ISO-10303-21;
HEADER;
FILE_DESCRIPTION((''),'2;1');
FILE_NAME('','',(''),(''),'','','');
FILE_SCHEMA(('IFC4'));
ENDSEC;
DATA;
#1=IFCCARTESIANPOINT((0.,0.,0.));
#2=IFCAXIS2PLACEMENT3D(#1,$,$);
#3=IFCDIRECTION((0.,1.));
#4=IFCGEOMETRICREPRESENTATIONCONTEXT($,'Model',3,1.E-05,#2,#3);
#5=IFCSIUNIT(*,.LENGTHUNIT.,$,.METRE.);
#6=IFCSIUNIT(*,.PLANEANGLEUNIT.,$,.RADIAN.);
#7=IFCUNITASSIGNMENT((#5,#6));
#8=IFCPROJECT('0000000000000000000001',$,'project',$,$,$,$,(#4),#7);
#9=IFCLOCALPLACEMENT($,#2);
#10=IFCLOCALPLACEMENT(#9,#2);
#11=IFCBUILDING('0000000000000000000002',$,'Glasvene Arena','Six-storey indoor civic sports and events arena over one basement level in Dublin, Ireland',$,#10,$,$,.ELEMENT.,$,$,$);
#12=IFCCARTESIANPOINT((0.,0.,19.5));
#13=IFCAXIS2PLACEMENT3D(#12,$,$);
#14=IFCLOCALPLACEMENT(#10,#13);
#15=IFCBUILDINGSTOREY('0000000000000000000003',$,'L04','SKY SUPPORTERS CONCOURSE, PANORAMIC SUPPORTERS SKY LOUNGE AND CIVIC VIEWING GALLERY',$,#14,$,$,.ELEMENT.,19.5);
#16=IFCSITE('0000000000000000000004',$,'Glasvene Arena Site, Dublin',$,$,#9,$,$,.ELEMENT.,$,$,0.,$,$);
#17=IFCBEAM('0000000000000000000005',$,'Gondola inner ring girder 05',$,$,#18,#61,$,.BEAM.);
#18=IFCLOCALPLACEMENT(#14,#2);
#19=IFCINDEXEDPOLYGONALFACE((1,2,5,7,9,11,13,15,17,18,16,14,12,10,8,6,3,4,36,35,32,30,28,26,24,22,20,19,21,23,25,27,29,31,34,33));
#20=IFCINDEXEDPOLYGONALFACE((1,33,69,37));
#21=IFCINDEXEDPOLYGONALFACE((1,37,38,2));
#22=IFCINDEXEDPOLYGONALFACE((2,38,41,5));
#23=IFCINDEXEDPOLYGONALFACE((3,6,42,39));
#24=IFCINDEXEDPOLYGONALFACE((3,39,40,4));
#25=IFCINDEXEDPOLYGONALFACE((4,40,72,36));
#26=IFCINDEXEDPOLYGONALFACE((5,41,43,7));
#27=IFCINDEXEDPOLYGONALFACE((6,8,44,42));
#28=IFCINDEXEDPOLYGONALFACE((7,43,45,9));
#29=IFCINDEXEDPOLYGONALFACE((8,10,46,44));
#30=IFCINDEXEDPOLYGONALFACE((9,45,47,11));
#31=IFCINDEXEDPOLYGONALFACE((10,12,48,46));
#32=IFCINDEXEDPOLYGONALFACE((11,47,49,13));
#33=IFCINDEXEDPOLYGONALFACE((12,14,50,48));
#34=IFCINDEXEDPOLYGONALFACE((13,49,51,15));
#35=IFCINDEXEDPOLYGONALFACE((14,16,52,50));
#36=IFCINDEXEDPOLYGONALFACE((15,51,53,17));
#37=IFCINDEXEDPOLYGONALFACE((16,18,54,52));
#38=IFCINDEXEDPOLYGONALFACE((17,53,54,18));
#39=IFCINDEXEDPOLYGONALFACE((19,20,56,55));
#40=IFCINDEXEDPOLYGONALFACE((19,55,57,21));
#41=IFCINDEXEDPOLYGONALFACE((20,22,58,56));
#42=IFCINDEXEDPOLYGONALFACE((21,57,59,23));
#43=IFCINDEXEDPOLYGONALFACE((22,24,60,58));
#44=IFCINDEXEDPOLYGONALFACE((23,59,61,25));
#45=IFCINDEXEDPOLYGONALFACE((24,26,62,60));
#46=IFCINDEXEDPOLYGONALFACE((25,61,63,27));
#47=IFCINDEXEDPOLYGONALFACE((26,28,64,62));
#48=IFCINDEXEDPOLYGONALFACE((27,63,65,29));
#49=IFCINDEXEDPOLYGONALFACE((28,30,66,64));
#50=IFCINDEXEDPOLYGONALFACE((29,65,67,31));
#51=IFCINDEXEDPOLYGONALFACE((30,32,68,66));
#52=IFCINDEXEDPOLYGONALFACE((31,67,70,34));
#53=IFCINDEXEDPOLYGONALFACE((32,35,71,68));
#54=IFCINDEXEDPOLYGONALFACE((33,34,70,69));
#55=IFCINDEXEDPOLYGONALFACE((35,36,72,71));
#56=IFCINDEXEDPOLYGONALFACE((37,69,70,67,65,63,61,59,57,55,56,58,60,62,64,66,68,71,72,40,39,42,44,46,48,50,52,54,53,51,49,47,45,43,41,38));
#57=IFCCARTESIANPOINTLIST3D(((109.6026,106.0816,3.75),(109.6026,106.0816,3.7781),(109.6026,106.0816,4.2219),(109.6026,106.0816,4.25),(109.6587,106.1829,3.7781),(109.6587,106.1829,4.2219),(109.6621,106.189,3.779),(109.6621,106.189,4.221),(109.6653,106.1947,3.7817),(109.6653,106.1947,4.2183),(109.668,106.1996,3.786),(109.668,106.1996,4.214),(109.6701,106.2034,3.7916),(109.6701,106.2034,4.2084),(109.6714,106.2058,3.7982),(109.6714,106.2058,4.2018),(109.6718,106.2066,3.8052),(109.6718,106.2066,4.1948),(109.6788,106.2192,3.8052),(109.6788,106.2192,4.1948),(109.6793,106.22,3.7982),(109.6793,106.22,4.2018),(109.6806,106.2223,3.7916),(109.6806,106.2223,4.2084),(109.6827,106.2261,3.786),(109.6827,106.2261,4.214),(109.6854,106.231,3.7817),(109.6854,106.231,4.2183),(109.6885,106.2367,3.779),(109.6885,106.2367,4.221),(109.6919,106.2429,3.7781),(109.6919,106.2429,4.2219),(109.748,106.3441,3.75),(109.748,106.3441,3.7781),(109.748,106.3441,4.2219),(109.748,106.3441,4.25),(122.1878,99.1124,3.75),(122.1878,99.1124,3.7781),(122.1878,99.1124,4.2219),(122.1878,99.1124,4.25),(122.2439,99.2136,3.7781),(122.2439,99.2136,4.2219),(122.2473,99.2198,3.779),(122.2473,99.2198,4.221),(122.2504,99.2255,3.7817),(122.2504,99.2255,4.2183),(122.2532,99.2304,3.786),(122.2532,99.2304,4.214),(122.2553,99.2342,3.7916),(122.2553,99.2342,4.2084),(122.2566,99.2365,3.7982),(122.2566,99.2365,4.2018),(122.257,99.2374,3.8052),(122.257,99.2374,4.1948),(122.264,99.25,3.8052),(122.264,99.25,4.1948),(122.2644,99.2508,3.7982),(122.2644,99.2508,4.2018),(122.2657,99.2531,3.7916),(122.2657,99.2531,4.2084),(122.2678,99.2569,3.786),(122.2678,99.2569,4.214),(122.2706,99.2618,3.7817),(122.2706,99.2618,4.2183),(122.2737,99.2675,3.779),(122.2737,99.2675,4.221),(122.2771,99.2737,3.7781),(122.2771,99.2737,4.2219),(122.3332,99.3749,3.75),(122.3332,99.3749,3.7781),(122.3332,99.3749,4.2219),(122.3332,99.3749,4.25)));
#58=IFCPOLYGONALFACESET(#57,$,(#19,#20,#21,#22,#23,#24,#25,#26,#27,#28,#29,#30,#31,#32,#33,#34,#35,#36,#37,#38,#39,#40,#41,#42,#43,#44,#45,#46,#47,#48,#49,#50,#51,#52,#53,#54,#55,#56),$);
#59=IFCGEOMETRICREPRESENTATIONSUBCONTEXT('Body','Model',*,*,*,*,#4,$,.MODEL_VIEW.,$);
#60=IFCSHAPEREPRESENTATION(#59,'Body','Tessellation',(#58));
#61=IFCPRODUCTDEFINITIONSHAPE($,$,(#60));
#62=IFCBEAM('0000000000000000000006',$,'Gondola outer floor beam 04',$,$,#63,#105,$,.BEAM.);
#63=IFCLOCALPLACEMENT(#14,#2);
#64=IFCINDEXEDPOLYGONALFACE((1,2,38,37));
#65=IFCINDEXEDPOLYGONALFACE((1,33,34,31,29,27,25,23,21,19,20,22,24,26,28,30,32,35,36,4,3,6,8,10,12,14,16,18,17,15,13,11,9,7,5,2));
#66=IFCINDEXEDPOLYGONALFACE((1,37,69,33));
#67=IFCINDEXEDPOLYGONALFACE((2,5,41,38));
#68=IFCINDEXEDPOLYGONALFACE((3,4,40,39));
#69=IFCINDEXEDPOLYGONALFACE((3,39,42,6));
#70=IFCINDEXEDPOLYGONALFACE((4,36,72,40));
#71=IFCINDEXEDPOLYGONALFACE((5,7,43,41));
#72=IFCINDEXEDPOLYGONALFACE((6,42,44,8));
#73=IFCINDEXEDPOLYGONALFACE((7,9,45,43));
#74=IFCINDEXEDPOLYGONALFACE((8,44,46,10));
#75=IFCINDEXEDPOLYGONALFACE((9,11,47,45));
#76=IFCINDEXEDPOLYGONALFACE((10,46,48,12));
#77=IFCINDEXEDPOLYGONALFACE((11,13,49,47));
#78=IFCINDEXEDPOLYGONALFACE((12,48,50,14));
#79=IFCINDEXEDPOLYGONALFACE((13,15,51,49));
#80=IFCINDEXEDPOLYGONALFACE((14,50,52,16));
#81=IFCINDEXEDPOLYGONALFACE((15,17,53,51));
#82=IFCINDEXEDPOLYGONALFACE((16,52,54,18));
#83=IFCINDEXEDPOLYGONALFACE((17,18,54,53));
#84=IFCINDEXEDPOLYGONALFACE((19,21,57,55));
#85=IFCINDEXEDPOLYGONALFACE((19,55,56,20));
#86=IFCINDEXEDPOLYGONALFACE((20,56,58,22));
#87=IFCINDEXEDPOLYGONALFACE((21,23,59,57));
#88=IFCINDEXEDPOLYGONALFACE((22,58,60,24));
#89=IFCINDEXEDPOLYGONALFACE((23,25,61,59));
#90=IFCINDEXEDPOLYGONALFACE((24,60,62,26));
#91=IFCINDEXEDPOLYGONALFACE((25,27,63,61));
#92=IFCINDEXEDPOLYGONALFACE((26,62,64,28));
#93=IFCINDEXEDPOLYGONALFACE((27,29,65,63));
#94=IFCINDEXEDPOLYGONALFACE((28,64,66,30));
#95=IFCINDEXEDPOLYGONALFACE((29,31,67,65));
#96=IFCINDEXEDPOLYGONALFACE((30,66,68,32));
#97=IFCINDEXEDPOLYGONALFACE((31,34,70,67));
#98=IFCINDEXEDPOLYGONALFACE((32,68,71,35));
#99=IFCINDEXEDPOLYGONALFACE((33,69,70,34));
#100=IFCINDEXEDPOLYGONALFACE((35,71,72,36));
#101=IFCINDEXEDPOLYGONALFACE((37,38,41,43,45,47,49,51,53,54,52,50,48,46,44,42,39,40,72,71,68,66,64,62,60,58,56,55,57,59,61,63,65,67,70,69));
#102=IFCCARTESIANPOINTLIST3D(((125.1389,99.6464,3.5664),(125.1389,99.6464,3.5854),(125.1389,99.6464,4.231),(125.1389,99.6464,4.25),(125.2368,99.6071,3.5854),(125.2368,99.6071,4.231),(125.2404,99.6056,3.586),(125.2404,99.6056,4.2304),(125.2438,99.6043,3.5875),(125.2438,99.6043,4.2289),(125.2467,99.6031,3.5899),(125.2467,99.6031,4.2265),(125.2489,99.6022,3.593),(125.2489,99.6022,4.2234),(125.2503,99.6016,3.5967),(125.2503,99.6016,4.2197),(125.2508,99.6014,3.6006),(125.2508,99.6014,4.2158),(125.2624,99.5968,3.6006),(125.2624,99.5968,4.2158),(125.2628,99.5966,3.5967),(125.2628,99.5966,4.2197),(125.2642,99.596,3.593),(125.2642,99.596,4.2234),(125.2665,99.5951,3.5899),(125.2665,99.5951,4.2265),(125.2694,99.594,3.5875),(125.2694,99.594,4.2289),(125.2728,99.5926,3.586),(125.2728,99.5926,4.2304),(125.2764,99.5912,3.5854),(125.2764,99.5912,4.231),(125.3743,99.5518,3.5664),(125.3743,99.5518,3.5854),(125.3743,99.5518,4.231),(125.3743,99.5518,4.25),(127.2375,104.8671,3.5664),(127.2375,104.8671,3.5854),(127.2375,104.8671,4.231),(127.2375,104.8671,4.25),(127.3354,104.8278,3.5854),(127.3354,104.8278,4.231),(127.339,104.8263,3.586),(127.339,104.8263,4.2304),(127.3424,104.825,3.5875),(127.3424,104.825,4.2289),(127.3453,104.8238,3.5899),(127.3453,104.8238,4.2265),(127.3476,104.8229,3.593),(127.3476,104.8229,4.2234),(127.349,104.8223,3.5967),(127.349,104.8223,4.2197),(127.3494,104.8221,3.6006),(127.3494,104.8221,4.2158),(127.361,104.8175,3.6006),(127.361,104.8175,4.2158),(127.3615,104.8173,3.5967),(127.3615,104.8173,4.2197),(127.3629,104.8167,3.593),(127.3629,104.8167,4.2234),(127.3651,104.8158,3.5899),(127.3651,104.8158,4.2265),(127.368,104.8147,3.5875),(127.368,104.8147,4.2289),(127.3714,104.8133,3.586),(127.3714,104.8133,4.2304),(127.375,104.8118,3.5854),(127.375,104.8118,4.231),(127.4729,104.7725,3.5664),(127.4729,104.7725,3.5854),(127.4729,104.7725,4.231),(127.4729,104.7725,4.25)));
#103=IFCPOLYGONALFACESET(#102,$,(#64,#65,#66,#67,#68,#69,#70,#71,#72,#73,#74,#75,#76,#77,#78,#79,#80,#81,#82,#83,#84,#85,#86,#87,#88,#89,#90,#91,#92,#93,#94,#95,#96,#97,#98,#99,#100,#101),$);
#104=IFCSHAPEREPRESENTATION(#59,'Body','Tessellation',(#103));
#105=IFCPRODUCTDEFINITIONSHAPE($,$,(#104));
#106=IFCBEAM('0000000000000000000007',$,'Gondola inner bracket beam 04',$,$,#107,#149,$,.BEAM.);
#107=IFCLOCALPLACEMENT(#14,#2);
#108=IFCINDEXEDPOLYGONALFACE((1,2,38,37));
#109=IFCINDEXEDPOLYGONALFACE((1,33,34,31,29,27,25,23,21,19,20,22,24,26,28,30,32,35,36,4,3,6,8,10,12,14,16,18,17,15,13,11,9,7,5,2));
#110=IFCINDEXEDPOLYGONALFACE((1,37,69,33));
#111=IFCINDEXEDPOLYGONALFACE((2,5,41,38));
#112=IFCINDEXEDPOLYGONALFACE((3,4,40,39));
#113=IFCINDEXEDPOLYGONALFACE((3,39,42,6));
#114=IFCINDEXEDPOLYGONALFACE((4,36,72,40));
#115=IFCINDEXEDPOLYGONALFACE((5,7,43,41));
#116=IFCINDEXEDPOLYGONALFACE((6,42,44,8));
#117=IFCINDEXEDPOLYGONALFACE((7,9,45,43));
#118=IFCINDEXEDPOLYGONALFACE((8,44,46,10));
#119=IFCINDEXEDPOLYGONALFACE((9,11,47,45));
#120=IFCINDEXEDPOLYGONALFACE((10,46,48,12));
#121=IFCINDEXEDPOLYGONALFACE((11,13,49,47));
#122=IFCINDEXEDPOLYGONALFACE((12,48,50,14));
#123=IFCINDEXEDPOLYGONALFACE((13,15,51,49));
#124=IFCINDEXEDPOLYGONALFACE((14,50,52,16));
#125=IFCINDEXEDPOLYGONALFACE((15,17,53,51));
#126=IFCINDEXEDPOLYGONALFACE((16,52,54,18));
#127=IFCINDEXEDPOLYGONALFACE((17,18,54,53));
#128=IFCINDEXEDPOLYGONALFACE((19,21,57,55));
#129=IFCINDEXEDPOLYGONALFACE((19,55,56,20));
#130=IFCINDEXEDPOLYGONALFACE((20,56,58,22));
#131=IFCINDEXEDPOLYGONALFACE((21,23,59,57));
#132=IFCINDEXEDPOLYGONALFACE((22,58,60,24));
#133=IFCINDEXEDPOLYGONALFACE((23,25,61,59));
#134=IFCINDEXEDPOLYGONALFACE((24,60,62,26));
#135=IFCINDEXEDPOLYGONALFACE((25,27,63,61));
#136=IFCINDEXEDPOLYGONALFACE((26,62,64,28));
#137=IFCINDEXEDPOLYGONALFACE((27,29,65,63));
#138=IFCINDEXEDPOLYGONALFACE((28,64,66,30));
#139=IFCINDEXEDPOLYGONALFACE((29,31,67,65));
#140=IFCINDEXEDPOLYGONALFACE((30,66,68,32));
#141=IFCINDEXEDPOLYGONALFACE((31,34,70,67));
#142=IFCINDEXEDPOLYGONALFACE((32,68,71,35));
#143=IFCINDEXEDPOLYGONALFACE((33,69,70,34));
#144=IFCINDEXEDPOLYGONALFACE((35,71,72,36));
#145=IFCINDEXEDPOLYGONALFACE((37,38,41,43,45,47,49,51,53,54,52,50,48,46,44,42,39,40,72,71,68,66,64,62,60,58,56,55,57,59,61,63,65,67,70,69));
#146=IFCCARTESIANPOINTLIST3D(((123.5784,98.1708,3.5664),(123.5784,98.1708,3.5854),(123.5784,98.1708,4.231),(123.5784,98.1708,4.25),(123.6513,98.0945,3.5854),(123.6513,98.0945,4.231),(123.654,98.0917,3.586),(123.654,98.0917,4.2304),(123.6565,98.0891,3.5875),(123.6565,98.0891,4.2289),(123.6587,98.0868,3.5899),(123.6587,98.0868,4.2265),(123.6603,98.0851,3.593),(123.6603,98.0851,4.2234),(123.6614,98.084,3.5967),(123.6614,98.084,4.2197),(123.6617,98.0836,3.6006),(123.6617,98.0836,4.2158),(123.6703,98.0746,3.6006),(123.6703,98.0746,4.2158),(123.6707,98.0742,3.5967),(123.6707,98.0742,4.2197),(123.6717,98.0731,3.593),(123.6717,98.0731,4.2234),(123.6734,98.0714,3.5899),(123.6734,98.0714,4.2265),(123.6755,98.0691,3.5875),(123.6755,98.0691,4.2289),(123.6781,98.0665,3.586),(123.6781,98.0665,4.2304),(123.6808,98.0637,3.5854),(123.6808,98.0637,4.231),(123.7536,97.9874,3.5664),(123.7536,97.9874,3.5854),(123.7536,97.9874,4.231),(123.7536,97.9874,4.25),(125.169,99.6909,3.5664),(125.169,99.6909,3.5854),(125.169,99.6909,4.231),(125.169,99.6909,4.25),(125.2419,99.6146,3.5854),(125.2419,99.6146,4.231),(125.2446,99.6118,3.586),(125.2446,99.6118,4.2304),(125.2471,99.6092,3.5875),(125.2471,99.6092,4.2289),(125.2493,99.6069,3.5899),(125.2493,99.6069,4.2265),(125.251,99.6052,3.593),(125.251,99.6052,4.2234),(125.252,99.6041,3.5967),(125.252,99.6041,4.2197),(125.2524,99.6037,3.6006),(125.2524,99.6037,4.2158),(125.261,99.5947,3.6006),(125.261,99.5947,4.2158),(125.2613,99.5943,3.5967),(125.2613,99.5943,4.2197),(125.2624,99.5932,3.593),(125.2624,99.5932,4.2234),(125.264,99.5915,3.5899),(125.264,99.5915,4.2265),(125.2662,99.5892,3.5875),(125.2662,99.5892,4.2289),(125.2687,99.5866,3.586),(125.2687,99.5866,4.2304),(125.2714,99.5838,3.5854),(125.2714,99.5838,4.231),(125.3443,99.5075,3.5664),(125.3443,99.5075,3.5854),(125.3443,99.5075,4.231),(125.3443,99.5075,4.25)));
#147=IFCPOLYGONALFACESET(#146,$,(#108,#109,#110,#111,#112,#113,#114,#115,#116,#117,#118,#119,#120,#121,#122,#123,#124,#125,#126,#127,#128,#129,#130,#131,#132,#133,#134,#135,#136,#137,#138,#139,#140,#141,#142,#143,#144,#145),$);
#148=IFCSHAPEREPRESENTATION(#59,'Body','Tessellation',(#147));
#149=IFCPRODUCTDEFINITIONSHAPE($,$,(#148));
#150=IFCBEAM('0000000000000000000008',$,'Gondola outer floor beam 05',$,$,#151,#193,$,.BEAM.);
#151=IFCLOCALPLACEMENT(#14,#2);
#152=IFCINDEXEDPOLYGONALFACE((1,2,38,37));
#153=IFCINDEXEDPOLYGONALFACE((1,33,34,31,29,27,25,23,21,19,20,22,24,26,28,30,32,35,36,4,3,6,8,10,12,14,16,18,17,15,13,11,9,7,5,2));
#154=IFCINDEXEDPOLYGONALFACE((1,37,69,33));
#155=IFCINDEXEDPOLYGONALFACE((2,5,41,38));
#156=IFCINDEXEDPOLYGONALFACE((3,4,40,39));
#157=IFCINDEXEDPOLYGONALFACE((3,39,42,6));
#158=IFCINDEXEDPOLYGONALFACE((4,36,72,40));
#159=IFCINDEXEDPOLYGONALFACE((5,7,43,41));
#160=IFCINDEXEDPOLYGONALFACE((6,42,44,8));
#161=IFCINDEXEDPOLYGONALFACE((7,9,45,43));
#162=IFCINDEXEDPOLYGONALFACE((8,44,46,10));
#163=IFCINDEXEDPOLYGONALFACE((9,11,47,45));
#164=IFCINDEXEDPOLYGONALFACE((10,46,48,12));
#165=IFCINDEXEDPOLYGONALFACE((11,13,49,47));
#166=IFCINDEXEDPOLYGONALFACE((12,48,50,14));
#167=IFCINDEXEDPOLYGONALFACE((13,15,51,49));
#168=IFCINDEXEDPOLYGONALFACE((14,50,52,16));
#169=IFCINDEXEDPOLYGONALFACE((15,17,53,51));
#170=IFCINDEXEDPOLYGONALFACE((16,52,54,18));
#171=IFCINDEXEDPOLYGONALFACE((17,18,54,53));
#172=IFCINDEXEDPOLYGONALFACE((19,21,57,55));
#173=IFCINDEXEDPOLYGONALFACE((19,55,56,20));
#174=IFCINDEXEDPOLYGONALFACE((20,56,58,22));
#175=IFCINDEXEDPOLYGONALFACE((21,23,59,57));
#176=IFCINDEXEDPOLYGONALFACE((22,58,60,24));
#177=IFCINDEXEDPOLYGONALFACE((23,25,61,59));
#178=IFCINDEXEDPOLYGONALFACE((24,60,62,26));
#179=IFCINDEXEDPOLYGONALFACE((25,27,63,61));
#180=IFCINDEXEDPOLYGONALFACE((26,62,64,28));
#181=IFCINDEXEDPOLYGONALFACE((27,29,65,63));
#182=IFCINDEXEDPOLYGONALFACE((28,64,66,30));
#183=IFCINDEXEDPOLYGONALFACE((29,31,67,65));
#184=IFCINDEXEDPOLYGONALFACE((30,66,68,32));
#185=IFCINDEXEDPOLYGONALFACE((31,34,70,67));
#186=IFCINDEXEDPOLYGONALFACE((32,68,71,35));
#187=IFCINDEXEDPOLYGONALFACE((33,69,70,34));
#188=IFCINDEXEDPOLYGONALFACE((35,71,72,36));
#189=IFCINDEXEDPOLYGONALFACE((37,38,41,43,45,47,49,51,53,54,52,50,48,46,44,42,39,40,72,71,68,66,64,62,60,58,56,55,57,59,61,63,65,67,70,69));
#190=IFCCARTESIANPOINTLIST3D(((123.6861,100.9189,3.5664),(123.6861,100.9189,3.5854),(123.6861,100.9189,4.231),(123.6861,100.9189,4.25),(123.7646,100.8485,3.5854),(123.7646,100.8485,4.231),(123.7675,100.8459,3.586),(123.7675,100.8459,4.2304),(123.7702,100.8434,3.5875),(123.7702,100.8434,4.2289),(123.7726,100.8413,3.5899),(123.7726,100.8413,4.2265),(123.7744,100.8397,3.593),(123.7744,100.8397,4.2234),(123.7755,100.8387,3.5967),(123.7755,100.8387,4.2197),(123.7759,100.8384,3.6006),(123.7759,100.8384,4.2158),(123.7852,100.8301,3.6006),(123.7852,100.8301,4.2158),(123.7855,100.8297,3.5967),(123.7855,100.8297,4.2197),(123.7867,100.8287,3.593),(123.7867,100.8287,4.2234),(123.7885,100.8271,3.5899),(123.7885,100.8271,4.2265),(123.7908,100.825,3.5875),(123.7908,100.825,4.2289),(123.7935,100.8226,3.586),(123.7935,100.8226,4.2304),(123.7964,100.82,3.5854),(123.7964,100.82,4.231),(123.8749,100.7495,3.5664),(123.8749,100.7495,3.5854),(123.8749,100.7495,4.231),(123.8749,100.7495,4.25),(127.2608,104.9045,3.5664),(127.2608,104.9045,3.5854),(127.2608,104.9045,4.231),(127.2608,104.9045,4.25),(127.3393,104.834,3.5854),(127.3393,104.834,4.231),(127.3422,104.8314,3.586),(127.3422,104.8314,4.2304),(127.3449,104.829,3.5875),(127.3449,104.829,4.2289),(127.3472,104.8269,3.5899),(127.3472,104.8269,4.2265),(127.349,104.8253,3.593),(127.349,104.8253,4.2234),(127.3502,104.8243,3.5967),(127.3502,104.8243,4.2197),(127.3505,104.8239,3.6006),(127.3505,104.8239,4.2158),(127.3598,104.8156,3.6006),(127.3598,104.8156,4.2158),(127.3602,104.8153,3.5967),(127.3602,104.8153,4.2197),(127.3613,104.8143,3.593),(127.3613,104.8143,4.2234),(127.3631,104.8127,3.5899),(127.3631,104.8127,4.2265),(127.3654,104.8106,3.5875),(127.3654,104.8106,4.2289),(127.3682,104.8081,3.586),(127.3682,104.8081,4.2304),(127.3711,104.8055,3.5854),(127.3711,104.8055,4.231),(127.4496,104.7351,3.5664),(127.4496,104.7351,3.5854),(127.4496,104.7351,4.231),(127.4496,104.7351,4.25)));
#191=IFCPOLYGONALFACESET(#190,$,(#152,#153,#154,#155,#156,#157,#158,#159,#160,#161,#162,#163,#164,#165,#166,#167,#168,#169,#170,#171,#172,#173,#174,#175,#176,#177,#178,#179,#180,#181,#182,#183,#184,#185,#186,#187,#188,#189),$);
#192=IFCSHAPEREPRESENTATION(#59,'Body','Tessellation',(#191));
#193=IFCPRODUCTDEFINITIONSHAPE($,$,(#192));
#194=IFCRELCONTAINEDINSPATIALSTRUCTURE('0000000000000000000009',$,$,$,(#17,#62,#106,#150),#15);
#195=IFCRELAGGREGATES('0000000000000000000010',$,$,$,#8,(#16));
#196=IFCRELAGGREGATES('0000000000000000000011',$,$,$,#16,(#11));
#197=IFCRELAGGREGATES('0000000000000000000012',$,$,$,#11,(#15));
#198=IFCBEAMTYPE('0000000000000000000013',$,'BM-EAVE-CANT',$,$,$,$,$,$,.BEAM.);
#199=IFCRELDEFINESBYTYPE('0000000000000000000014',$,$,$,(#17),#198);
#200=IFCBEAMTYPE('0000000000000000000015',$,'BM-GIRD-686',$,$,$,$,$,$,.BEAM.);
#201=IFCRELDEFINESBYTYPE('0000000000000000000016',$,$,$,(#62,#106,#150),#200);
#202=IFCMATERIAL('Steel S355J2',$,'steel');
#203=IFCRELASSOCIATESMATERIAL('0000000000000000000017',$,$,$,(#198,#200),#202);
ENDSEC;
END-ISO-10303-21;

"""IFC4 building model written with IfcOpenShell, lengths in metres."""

from ifc_helpers import new_model, si_unit, direction, frame, origin, origin_2d, place, context, subcontext, project, spatial, i_section, extrude, material, material_profile, profile_set, type_object, element, save


model = new_model("IFC4")

# Units and contexts
model_context = context("Model", 3, precision=1e-05, world=origin(), true_north=direction((0.0, 1.0)))
body_context = subcontext(model_context, "Body", "Model", "MODEL_VIEW")
ifc_project = project(units=[si_unit("LENGTHUNIT", "METRE"), si_unit("PLANEANGLEUNIT", "RADIAN")], contexts=[model_context])

# Site, building, storey
site_placement = place(None, origin())
site = spatial("IfcSite", under=ifc_project, at=site_placement, Name="Glasvene Arena Site, Dublin", CompositionType="ELEMENT", RefElevation=0.0)
building_placement = place(site_placement, origin())
building = spatial("IfcBuilding", under=site, at=building_placement, Name="Glasvene Arena", Description="Six-storey indoor civic sports and events arena over one basement level in Dublin, Ireland", CompositionType="ELEMENT")
storey_placement = place(building_placement, frame((0.0, 0.0, 19.5)))
storey = spatial("IfcBuildingStorey", under=building, at=storey_placement, Name="L04", Description="SKY SUPPORTERS CONCOURSE, PANORAMIC SUPPORTERS SKY LOUNGE AND CIVIC VIEWING GALLERY", CompositionType="ELEMENT", Elevation=19.5)

# Shared definitions
ifc_material_1 = material(Name="Steel S355J2", Category="steel")

# Beams
ifc_material_profile_1 = material_profile(ifc_material_1, i_section(OverallWidth=0.3, OverallDepth=0.5, WebThickness=0.0144, FlangeThickness=0.0281, FilletRadius=0.0271, at=origin_2d()), Name="HEB 500")
ifc_profile_set_1 = profile_set([ifc_material_profile_1], Name="Steel S355J2")
beam_type_1 = type_object("IfcBeamType", Name="BM-EAVE-CANT", PredefinedType="BEAM", material=ifc_profile_set_1)
beam_1_placement = place(storey_placement, frame((122.2605, 99.2437, 4.0), z_axis=(-0.874822, 0.484445, 0.0), x_axis=(-0.484445, -0.874822, 0.0)))
element("IfcBeam", 1, at=beam_1_placement, inside=storey, type_object=beam_type_1, Name="Gondola inner ring girder 05", PredefinedType="BEAM", context=body_context, shape_type="SweptSolid", body=[
    extrude(i_section(OverallWidth=0.3, OverallDepth=0.5, WebThickness=0.0144, FlangeThickness=0.0281, FilletRadius=0.0271, at=origin_2d()), origin(), (0.0, 0.0, 1.0), 14.386),
])
ifc_material_profile_2 = material_profile(ifc_material_1, i_section(OverallWidth=0.2537, OverallDepth=0.6836, WebThickness=0.0125, FlangeThickness=0.019, FilletRadius=0.0151, at=origin_2d()), Name="UKB 686x254x140")
ifc_profile_set_2 = profile_set([ifc_material_profile_2], Name="Steel S355J2")
beam_type_2 = type_object("IfcBeamType", Name="BM-GIRD-686", PredefinedType="BEAM", material=ifc_profile_set_2)
beam_2_placement = place(storey_placement, frame((125.2566, 99.5991, 3.9082), z_axis=(0.372976, 0.927841, 0.0), x_axis=(-0.927841, 0.372976, 0.0)))
element("IfcBeam", 2, at=beam_2_placement, inside=storey, type_object=beam_type_2, Name="Gondola outer floor beam 04", PredefinedType="BEAM", context=body_context, shape_type="SweptSolid", body=[
    extrude(i_section(OverallWidth=0.2537, OverallDepth=0.6836, WebThickness=0.0125, FlangeThickness=0.019, FilletRadius=0.0151, at=origin_2d()), origin(), (0.0, 0.0, 1.0), 5.6267),
])
beam_3_placement = place(storey_placement, frame((123.666, 98.0791, 3.9082), z_axis=(0.72296, 0.69089, 0.0), x_axis=(-0.69089, 0.72296, 0.0)))
element("IfcBeam", 3, at=beam_3_placement, inside=storey, type_object=beam_type_2, Name="Gondola inner bracket beam 04", PredefinedType="BEAM", context=body_context, shape_type="SweptSolid", body=[
    extrude(i_section(OverallWidth=0.2537, OverallDepth=0.6836, WebThickness=0.0125, FlangeThickness=0.019, FilletRadius=0.0151, at=origin_2d()), origin(), (0.0, 0.0, 1.0), 2.2002),
])
beam_4_placement = place(storey_placement, frame((123.7805, 100.8342, 3.9082), z_axis=(0.667691, 0.744438, 0.0), x_axis=(-0.744438, 0.667691, 0.0)))
element("IfcBeam", 4, at=beam_4_placement, inside=storey, type_object=beam_type_2, Name="Gondola outer floor beam 05", PredefinedType="BEAM", context=body_context, shape_type="SweptSolid", body=[
    extrude(i_section(OverallWidth=0.2537, OverallDepth=0.6836, WebThickness=0.0125, FlangeThickness=0.019, FilletRadius=0.0151, at=origin_2d()), origin(), (0.0, 0.0, 1.0), 5.3538),
])

save(model, "model.ifc")
